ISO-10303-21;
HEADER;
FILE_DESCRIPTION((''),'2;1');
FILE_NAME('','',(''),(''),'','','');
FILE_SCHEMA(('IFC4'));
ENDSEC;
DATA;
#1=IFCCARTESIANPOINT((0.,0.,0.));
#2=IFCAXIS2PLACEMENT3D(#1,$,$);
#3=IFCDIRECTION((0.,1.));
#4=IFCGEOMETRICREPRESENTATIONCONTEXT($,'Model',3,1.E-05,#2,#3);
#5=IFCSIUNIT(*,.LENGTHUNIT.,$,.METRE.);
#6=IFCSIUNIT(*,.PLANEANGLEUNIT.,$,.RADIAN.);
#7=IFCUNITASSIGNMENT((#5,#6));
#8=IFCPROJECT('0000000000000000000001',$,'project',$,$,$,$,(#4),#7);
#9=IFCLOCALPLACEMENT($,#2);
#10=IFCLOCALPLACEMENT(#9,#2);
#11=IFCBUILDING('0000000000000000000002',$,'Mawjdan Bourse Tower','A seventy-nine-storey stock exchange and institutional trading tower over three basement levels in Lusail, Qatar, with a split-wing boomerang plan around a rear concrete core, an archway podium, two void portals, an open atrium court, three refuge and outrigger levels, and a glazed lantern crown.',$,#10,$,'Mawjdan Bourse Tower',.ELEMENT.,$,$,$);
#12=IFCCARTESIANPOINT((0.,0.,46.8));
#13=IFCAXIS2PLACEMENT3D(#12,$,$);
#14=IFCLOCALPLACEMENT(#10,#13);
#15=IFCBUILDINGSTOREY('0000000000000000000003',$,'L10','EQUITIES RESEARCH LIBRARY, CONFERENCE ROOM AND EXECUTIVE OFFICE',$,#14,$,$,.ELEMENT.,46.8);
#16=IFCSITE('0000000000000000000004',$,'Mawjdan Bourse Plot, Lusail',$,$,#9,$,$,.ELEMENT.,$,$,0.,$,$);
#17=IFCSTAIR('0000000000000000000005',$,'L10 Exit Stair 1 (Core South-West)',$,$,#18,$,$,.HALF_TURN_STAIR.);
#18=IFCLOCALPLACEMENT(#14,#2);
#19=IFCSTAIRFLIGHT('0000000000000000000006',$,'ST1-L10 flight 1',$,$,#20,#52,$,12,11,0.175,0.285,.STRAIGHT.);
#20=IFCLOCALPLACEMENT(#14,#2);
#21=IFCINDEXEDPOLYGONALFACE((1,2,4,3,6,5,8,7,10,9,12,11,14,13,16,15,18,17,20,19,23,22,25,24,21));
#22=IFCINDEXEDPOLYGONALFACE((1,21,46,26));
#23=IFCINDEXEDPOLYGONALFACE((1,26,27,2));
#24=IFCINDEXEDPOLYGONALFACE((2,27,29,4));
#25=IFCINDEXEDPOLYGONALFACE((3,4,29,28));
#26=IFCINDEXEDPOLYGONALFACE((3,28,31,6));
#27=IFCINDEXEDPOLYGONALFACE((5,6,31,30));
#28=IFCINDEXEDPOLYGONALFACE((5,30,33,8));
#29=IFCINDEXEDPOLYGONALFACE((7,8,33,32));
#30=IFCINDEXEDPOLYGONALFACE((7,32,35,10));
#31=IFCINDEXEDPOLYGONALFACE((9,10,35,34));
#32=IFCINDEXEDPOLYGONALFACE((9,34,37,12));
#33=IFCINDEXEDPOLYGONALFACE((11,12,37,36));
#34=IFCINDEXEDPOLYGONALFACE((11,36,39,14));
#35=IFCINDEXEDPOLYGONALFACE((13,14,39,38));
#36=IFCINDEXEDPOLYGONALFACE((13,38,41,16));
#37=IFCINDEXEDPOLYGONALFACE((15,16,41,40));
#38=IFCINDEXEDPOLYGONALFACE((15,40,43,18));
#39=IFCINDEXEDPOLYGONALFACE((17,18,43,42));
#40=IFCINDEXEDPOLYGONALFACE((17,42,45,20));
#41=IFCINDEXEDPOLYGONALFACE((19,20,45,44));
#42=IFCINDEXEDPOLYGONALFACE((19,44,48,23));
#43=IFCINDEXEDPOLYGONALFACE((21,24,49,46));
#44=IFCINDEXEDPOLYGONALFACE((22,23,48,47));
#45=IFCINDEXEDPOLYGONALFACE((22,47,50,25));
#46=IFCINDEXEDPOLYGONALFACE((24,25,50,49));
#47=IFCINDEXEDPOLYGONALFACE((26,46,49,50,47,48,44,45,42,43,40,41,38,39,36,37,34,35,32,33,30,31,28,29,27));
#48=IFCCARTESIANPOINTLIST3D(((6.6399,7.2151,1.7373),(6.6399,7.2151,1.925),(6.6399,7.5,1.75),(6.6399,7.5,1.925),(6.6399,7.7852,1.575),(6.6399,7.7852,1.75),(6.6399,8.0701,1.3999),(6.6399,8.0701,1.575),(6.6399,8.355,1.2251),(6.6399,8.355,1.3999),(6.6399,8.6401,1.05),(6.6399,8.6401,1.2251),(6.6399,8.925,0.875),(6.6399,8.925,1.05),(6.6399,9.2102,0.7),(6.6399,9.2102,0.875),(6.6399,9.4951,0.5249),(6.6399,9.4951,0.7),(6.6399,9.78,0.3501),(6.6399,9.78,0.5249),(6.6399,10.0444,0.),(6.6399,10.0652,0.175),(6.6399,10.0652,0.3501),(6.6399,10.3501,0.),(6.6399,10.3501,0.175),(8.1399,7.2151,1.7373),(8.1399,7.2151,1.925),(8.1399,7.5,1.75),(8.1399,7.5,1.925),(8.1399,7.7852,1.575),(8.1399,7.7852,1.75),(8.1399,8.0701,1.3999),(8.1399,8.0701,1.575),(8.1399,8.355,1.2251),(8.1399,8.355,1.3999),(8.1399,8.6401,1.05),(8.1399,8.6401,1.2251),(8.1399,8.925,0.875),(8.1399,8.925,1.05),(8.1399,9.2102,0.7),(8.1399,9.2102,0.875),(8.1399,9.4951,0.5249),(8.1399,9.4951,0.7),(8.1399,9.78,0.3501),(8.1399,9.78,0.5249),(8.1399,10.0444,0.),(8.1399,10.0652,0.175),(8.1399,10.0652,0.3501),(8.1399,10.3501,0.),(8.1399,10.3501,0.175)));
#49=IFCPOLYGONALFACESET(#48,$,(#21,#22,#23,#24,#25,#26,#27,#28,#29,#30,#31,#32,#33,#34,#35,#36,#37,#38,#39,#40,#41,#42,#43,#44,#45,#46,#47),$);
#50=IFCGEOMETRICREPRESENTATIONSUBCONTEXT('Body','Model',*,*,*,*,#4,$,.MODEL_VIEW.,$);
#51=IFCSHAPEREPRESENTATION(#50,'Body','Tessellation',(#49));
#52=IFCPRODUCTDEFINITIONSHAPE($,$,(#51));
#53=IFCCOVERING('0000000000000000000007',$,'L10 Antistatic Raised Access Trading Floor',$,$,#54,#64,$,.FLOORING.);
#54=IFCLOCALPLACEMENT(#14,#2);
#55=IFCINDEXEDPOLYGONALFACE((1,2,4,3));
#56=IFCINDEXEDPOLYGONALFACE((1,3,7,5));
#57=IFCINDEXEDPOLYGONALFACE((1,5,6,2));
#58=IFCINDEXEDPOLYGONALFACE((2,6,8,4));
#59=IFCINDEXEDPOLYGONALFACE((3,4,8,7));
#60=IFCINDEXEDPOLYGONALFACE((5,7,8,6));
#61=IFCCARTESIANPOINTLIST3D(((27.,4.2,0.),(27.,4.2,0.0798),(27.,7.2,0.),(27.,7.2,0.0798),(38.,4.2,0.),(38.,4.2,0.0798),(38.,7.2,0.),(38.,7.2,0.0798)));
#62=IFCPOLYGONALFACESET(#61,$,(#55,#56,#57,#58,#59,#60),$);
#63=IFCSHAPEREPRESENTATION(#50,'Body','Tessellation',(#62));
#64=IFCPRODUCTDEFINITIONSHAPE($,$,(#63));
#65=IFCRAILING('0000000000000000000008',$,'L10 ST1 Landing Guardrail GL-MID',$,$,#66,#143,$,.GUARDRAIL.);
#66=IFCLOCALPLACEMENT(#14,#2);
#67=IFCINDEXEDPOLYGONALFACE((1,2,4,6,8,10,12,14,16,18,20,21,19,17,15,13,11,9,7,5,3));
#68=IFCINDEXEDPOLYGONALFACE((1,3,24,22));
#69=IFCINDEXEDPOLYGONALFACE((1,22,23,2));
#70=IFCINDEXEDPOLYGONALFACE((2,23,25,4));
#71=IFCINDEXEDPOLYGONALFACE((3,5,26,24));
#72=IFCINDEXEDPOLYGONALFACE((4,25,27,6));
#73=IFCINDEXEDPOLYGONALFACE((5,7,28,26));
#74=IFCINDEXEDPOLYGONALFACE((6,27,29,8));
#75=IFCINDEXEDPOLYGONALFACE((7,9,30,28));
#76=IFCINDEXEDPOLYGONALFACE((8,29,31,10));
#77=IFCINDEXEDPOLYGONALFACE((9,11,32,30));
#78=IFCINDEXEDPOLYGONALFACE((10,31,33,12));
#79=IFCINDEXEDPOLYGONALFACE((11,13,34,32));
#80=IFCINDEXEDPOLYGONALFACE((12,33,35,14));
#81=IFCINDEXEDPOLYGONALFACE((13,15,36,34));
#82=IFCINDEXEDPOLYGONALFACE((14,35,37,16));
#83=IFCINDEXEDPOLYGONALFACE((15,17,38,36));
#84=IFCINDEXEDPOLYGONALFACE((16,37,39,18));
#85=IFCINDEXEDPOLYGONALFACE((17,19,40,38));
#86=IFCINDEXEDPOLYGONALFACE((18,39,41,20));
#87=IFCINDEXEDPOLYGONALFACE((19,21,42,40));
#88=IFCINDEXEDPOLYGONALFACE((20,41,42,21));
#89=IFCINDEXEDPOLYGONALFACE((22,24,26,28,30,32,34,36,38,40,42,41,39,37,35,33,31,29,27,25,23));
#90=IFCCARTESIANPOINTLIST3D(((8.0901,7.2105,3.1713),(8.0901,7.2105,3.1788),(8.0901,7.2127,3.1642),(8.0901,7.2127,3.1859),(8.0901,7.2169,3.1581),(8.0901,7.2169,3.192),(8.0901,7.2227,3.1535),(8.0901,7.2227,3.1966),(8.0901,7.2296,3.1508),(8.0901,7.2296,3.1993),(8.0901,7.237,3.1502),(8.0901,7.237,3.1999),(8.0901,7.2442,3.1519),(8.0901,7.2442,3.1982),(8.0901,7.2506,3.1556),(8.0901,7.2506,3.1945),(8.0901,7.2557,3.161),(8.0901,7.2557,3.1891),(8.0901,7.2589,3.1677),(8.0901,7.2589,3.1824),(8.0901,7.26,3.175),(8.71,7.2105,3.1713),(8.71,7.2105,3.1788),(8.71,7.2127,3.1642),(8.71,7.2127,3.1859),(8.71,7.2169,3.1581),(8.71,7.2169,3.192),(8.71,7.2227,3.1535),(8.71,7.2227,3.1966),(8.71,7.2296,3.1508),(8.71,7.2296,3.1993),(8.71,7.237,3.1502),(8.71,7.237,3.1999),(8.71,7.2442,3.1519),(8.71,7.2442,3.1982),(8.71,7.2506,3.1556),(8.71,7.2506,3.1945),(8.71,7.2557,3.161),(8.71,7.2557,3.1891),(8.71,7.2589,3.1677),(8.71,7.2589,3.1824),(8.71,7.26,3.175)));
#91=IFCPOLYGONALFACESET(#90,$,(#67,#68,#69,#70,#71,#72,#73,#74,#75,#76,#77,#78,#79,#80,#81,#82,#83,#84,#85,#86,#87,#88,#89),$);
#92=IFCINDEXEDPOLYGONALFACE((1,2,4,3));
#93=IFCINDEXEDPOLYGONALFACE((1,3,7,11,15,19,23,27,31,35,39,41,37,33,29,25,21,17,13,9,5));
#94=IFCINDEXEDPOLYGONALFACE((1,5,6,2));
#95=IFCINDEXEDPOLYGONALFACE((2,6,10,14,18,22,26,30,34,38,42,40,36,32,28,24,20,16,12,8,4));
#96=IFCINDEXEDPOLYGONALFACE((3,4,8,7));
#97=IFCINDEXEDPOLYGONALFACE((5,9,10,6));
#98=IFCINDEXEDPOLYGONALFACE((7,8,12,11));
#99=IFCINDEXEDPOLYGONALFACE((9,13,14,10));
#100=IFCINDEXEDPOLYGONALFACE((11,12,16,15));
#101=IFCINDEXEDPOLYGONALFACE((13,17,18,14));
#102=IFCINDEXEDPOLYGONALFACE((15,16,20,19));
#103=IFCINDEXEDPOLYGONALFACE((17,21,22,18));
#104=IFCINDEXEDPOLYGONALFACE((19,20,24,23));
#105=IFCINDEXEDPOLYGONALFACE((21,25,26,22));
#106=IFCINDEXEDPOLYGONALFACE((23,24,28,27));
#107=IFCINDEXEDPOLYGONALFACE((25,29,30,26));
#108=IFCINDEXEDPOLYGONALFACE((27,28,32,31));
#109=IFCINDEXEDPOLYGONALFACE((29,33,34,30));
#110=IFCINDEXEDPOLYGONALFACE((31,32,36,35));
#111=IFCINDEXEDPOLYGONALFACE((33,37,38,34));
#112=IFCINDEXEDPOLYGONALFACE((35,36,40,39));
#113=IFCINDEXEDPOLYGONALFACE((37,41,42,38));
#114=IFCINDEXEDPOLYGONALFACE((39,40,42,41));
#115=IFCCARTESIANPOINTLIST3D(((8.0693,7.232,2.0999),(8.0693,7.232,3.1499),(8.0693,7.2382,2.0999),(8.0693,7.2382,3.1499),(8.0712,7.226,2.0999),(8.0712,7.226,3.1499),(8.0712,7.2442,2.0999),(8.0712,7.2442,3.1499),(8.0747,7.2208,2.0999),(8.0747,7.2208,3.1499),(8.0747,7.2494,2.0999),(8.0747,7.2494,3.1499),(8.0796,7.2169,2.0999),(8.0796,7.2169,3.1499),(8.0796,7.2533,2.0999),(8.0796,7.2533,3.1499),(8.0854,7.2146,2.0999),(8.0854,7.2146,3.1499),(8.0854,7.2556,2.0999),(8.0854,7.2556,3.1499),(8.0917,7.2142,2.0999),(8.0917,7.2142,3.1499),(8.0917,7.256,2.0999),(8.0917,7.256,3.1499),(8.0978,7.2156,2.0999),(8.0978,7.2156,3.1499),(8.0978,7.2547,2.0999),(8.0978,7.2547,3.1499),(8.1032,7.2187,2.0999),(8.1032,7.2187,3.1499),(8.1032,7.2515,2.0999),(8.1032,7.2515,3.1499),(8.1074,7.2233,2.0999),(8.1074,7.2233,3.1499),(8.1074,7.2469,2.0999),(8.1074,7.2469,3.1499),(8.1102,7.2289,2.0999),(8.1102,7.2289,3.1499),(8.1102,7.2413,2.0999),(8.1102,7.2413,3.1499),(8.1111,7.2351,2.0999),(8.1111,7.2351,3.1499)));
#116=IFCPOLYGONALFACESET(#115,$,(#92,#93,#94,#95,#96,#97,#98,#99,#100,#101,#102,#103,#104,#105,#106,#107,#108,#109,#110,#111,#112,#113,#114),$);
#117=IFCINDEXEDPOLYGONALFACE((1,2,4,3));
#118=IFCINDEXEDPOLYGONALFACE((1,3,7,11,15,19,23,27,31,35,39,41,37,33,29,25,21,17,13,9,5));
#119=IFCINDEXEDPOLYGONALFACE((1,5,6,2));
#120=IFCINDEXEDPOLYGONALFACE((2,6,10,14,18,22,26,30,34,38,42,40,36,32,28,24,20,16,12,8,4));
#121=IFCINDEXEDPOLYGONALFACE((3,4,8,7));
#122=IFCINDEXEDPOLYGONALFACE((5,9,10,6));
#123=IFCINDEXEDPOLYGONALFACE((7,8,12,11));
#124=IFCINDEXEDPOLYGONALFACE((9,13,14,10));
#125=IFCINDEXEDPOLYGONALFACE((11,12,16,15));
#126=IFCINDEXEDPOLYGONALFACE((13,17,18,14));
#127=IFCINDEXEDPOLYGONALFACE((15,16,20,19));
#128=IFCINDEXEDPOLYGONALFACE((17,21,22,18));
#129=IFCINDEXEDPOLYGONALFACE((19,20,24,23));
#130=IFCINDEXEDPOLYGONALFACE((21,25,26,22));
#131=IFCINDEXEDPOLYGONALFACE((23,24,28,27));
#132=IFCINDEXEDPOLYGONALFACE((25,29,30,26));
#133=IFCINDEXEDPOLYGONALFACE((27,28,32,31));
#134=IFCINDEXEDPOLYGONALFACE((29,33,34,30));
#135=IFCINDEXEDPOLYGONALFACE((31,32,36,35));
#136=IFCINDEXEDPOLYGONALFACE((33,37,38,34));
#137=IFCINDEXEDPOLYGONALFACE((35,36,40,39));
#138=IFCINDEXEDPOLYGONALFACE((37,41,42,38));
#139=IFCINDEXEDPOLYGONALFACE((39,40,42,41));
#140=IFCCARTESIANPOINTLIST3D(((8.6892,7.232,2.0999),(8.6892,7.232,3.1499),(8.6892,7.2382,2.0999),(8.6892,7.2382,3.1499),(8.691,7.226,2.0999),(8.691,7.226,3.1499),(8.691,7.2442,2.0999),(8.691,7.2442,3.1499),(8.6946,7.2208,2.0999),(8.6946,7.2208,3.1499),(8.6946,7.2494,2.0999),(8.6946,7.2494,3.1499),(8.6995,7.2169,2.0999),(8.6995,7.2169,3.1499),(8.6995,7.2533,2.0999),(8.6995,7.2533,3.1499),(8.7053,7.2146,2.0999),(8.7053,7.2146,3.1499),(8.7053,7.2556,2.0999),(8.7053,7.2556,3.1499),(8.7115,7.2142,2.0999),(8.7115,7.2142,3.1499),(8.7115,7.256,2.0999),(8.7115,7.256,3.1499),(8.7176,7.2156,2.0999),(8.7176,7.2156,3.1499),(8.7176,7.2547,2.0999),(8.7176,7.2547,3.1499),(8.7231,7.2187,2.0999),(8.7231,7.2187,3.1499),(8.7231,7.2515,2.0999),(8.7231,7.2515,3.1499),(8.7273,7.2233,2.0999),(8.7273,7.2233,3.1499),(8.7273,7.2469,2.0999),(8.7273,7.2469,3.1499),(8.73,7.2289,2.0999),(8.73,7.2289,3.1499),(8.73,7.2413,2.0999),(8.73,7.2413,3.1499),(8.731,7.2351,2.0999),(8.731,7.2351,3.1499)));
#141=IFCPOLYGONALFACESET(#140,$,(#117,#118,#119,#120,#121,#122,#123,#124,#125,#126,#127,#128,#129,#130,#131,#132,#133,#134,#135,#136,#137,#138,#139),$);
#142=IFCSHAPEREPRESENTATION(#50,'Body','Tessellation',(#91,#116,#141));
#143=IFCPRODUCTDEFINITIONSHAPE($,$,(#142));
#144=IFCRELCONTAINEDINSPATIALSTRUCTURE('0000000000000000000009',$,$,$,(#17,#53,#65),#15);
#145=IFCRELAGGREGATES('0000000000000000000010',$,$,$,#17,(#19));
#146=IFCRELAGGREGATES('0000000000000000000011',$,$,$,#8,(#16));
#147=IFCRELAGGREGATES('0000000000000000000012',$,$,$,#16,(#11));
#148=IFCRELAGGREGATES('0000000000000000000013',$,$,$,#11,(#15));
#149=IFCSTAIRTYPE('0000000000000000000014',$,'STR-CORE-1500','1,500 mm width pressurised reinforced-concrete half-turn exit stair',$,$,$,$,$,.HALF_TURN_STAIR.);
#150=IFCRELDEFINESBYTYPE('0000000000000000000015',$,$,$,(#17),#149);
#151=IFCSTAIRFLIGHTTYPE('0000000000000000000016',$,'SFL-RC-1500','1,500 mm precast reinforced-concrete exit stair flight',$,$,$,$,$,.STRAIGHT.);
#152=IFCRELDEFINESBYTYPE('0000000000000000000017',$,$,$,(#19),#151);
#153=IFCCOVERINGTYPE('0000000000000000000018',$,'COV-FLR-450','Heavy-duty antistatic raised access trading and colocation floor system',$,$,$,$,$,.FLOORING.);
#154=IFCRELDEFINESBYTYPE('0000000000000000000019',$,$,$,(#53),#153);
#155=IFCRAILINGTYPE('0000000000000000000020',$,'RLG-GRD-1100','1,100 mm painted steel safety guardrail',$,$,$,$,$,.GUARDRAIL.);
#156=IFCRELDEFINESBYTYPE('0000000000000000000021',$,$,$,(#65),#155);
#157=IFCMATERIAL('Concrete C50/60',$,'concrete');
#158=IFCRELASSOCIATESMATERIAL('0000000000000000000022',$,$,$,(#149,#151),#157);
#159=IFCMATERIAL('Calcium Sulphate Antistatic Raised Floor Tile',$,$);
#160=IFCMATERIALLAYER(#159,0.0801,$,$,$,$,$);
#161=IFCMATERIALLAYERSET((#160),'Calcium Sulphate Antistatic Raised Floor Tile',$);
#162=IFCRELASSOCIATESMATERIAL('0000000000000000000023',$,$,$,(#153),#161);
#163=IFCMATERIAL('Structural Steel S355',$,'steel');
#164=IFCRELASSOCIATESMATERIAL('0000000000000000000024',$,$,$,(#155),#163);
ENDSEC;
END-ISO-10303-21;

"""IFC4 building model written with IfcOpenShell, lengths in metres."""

from ifc_helpers import new_model, si_unit, direction, frame, origin, origin_2d, place, context, subcontext, project, spatial, polyline, circle, outline, extrude, material, layer, layer_set, type_object, element, aggregate, save


model = new_model("IFC4")

# Units and contexts
model_context = context("Model", 3, precision=1e-05, world=origin(), true_north=direction((0.0, 1.0)))
body_context = subcontext(model_context, "Body", "Model", "MODEL_VIEW")
ifc_project = project(units=[si_unit("LENGTHUNIT", "METRE"), si_unit("PLANEANGLEUNIT", "RADIAN")], contexts=[model_context])

# Site, building, storey
site_placement = place(None, origin())
site = spatial("IfcSite", under=ifc_project, at=site_placement, Name="Mawjdan Bourse Plot, Lusail", CompositionType="ELEMENT", RefElevation=0.0)
building_placement = place(site_placement, origin())
building = spatial("IfcBuilding", under=site, at=building_placement, Name="Mawjdan Bourse Tower", Description="A seventy-nine-storey stock exchange and institutional trading tower over three basement levels in Lusail, Qatar, with a split-wing boomerang plan around a rear concrete core, an archway podium, two void portals, an open atrium court, three refuge and outrigger levels, and a glazed lantern crown.", LongName="Mawjdan Bourse Tower", CompositionType="ELEMENT")
storey_placement = place(building_placement, frame((0.0, 0.0, 46.8)))
storey = spatial("IfcBuildingStorey", under=building, at=storey_placement, Name="L10", Description="EQUITIES RESEARCH LIBRARY, CONFERENCE ROOM AND EXECUTIVE OFFICE", CompositionType="ELEMENT", Elevation=46.8)

# Stair
ifc_material_1 = material(Name="Concrete C50/60", Category="concrete")
stair_type = type_object("IfcStairType", Name="STR-CORE-1500", Description="1,500 mm width pressurised reinforced-concrete half-turn exit stair", PredefinedType="HALF_TURN_STAIR", material=ifc_material_1)
stair_1_placement = place(storey_placement, origin())
stair_1 = element("IfcStair", 1, at=stair_1_placement, inside=storey, type_object=stair_type, Name="L10 Exit Stair 1 (Core South-West)", PredefinedType="HALF_TURN_STAIR")

# Stair flight
stair_flight_type = type_object("IfcStairFlightType", Name="SFL-RC-1500", Description="1,500 mm precast reinforced-concrete exit stair flight", PredefinedType="STRAIGHT", material=ifc_material_1)
stair_flight_placement = place(storey_placement, frame((7.3899, 10.3501, 0.0), z_axis=(0.0, 0.0, 1.0), x_axis=(0.0, -1.0, 0.0)))
stair_flight = element("IfcStairFlight", 2, at=stair_flight_placement, type_object=stair_flight_type, Name="ST1-L10 flight 1", NumberOfRisers=12, NumberOfTreads=11, PredefinedType="STRAIGHT", RiserHeight=0.175, TreadLength=0.285, context=body_context, shape_type="SweptSolid", body=[
    extrude(outline(polyline([(0.0, 0.0), (0.0, 0.175), (0.2849, 0.175), (0.2849, 0.3501), (0.5701, 0.3501), (0.5701, 0.5249), (0.855, 0.5249), (0.855, 0.7), (1.1399, 0.7), (1.1399, 0.875), (1.425, 0.875), (1.425, 1.05), (1.71, 1.05), (1.71, 1.2251), (1.9951, 1.2251), (1.9951, 1.3999), (2.28, 1.3999), (2.28, 1.575), (2.5649, 1.575), (2.5649, 1.75), (2.8501, 1.75), (2.8501, 1.925), (3.135, 1.925), (3.135, 2.1001), (3.135, 1.7373), (0.3057, 0.0), (0.0, 0.0)])), frame((0.0, 0.75, 0.0), z_axis=(0.0, -1.0, 0.0), x_axis=(1.0, 0.0, 0.0)), (0.0, 0.0, 1.0), 1.5),
])
aggregate(stair_1, [stair_flight])

# Covering
ifc_material_2 = material(Name="Calcium Sulphate Antistatic Raised Floor Tile")
ifc_layer_1 = layer(ifc_material_2, 0.0801)
ifc_layer_set_1 = layer_set([ifc_layer_1], Name="Calcium Sulphate Antistatic Raised Floor Tile")
covering_type = type_object("IfcCoveringType", Name="COV-FLR-450", Description="Heavy-duty antistatic raised access trading and colocation floor system", PredefinedType="FLOORING", material=ifc_layer_set_1)
covering_placement = place(storey_placement, origin())
element("IfcCovering", 3, at=covering_placement, inside=storey, type_object=covering_type, Name="L10 Antistatic Raised Access Trading Floor", PredefinedType="FLOORING", context=body_context, shape_type="SweptSolid", body=[
    extrude(outline(polyline([(27.0, 4.2), (38.0, 4.2), (38.0, 7.2), (27.0, 7.2), (27.0, 4.2)])), origin(), (0.0, 0.0, 1.0), 0.0798),
])

# Railing
ifc_material_3 = material(Name="Structural Steel S355", Category="steel")
railing_type = type_object("IfcRailingType", Name="RLG-GRD-1100", Description="1,100 mm painted steel safety guardrail", PredefinedType="GUARDRAIL", material=ifc_material_3)
for number, where, name in (
    (4, (8.0901, 7.2351, 2.0999), "L10 ST1 Landing Guardrail GL-MID"),
):
    element("IfcRailing", number, at=place(storey_placement, frame(where)), inside=storey, type_object=railing_type, Name=name, PredefinedType="GUARDRAIL", context=body_context, shape_type="SweptSolid", body=[
        extrude(circle(Radius=0.0249, at=origin_2d()), frame((0.0, 0.0, 1.0752), z_axis=(1.0, 0.0, 0.0), x_axis=(0.0, 1.0, 0.0)), (0.0, 0.0, 1.0), 0.6199),
        extrude(circle(Radius=0.021, at=origin_2d()), origin(), (0.0, 0.0, 1.0), 1.05),
        extrude(circle(Radius=0.021, at=origin_2d()), frame((0.6199, 0.0, 0.0)), (0.0, 0.0, 1.0), 1.05),
    ])

save(model, "model.ifc")
